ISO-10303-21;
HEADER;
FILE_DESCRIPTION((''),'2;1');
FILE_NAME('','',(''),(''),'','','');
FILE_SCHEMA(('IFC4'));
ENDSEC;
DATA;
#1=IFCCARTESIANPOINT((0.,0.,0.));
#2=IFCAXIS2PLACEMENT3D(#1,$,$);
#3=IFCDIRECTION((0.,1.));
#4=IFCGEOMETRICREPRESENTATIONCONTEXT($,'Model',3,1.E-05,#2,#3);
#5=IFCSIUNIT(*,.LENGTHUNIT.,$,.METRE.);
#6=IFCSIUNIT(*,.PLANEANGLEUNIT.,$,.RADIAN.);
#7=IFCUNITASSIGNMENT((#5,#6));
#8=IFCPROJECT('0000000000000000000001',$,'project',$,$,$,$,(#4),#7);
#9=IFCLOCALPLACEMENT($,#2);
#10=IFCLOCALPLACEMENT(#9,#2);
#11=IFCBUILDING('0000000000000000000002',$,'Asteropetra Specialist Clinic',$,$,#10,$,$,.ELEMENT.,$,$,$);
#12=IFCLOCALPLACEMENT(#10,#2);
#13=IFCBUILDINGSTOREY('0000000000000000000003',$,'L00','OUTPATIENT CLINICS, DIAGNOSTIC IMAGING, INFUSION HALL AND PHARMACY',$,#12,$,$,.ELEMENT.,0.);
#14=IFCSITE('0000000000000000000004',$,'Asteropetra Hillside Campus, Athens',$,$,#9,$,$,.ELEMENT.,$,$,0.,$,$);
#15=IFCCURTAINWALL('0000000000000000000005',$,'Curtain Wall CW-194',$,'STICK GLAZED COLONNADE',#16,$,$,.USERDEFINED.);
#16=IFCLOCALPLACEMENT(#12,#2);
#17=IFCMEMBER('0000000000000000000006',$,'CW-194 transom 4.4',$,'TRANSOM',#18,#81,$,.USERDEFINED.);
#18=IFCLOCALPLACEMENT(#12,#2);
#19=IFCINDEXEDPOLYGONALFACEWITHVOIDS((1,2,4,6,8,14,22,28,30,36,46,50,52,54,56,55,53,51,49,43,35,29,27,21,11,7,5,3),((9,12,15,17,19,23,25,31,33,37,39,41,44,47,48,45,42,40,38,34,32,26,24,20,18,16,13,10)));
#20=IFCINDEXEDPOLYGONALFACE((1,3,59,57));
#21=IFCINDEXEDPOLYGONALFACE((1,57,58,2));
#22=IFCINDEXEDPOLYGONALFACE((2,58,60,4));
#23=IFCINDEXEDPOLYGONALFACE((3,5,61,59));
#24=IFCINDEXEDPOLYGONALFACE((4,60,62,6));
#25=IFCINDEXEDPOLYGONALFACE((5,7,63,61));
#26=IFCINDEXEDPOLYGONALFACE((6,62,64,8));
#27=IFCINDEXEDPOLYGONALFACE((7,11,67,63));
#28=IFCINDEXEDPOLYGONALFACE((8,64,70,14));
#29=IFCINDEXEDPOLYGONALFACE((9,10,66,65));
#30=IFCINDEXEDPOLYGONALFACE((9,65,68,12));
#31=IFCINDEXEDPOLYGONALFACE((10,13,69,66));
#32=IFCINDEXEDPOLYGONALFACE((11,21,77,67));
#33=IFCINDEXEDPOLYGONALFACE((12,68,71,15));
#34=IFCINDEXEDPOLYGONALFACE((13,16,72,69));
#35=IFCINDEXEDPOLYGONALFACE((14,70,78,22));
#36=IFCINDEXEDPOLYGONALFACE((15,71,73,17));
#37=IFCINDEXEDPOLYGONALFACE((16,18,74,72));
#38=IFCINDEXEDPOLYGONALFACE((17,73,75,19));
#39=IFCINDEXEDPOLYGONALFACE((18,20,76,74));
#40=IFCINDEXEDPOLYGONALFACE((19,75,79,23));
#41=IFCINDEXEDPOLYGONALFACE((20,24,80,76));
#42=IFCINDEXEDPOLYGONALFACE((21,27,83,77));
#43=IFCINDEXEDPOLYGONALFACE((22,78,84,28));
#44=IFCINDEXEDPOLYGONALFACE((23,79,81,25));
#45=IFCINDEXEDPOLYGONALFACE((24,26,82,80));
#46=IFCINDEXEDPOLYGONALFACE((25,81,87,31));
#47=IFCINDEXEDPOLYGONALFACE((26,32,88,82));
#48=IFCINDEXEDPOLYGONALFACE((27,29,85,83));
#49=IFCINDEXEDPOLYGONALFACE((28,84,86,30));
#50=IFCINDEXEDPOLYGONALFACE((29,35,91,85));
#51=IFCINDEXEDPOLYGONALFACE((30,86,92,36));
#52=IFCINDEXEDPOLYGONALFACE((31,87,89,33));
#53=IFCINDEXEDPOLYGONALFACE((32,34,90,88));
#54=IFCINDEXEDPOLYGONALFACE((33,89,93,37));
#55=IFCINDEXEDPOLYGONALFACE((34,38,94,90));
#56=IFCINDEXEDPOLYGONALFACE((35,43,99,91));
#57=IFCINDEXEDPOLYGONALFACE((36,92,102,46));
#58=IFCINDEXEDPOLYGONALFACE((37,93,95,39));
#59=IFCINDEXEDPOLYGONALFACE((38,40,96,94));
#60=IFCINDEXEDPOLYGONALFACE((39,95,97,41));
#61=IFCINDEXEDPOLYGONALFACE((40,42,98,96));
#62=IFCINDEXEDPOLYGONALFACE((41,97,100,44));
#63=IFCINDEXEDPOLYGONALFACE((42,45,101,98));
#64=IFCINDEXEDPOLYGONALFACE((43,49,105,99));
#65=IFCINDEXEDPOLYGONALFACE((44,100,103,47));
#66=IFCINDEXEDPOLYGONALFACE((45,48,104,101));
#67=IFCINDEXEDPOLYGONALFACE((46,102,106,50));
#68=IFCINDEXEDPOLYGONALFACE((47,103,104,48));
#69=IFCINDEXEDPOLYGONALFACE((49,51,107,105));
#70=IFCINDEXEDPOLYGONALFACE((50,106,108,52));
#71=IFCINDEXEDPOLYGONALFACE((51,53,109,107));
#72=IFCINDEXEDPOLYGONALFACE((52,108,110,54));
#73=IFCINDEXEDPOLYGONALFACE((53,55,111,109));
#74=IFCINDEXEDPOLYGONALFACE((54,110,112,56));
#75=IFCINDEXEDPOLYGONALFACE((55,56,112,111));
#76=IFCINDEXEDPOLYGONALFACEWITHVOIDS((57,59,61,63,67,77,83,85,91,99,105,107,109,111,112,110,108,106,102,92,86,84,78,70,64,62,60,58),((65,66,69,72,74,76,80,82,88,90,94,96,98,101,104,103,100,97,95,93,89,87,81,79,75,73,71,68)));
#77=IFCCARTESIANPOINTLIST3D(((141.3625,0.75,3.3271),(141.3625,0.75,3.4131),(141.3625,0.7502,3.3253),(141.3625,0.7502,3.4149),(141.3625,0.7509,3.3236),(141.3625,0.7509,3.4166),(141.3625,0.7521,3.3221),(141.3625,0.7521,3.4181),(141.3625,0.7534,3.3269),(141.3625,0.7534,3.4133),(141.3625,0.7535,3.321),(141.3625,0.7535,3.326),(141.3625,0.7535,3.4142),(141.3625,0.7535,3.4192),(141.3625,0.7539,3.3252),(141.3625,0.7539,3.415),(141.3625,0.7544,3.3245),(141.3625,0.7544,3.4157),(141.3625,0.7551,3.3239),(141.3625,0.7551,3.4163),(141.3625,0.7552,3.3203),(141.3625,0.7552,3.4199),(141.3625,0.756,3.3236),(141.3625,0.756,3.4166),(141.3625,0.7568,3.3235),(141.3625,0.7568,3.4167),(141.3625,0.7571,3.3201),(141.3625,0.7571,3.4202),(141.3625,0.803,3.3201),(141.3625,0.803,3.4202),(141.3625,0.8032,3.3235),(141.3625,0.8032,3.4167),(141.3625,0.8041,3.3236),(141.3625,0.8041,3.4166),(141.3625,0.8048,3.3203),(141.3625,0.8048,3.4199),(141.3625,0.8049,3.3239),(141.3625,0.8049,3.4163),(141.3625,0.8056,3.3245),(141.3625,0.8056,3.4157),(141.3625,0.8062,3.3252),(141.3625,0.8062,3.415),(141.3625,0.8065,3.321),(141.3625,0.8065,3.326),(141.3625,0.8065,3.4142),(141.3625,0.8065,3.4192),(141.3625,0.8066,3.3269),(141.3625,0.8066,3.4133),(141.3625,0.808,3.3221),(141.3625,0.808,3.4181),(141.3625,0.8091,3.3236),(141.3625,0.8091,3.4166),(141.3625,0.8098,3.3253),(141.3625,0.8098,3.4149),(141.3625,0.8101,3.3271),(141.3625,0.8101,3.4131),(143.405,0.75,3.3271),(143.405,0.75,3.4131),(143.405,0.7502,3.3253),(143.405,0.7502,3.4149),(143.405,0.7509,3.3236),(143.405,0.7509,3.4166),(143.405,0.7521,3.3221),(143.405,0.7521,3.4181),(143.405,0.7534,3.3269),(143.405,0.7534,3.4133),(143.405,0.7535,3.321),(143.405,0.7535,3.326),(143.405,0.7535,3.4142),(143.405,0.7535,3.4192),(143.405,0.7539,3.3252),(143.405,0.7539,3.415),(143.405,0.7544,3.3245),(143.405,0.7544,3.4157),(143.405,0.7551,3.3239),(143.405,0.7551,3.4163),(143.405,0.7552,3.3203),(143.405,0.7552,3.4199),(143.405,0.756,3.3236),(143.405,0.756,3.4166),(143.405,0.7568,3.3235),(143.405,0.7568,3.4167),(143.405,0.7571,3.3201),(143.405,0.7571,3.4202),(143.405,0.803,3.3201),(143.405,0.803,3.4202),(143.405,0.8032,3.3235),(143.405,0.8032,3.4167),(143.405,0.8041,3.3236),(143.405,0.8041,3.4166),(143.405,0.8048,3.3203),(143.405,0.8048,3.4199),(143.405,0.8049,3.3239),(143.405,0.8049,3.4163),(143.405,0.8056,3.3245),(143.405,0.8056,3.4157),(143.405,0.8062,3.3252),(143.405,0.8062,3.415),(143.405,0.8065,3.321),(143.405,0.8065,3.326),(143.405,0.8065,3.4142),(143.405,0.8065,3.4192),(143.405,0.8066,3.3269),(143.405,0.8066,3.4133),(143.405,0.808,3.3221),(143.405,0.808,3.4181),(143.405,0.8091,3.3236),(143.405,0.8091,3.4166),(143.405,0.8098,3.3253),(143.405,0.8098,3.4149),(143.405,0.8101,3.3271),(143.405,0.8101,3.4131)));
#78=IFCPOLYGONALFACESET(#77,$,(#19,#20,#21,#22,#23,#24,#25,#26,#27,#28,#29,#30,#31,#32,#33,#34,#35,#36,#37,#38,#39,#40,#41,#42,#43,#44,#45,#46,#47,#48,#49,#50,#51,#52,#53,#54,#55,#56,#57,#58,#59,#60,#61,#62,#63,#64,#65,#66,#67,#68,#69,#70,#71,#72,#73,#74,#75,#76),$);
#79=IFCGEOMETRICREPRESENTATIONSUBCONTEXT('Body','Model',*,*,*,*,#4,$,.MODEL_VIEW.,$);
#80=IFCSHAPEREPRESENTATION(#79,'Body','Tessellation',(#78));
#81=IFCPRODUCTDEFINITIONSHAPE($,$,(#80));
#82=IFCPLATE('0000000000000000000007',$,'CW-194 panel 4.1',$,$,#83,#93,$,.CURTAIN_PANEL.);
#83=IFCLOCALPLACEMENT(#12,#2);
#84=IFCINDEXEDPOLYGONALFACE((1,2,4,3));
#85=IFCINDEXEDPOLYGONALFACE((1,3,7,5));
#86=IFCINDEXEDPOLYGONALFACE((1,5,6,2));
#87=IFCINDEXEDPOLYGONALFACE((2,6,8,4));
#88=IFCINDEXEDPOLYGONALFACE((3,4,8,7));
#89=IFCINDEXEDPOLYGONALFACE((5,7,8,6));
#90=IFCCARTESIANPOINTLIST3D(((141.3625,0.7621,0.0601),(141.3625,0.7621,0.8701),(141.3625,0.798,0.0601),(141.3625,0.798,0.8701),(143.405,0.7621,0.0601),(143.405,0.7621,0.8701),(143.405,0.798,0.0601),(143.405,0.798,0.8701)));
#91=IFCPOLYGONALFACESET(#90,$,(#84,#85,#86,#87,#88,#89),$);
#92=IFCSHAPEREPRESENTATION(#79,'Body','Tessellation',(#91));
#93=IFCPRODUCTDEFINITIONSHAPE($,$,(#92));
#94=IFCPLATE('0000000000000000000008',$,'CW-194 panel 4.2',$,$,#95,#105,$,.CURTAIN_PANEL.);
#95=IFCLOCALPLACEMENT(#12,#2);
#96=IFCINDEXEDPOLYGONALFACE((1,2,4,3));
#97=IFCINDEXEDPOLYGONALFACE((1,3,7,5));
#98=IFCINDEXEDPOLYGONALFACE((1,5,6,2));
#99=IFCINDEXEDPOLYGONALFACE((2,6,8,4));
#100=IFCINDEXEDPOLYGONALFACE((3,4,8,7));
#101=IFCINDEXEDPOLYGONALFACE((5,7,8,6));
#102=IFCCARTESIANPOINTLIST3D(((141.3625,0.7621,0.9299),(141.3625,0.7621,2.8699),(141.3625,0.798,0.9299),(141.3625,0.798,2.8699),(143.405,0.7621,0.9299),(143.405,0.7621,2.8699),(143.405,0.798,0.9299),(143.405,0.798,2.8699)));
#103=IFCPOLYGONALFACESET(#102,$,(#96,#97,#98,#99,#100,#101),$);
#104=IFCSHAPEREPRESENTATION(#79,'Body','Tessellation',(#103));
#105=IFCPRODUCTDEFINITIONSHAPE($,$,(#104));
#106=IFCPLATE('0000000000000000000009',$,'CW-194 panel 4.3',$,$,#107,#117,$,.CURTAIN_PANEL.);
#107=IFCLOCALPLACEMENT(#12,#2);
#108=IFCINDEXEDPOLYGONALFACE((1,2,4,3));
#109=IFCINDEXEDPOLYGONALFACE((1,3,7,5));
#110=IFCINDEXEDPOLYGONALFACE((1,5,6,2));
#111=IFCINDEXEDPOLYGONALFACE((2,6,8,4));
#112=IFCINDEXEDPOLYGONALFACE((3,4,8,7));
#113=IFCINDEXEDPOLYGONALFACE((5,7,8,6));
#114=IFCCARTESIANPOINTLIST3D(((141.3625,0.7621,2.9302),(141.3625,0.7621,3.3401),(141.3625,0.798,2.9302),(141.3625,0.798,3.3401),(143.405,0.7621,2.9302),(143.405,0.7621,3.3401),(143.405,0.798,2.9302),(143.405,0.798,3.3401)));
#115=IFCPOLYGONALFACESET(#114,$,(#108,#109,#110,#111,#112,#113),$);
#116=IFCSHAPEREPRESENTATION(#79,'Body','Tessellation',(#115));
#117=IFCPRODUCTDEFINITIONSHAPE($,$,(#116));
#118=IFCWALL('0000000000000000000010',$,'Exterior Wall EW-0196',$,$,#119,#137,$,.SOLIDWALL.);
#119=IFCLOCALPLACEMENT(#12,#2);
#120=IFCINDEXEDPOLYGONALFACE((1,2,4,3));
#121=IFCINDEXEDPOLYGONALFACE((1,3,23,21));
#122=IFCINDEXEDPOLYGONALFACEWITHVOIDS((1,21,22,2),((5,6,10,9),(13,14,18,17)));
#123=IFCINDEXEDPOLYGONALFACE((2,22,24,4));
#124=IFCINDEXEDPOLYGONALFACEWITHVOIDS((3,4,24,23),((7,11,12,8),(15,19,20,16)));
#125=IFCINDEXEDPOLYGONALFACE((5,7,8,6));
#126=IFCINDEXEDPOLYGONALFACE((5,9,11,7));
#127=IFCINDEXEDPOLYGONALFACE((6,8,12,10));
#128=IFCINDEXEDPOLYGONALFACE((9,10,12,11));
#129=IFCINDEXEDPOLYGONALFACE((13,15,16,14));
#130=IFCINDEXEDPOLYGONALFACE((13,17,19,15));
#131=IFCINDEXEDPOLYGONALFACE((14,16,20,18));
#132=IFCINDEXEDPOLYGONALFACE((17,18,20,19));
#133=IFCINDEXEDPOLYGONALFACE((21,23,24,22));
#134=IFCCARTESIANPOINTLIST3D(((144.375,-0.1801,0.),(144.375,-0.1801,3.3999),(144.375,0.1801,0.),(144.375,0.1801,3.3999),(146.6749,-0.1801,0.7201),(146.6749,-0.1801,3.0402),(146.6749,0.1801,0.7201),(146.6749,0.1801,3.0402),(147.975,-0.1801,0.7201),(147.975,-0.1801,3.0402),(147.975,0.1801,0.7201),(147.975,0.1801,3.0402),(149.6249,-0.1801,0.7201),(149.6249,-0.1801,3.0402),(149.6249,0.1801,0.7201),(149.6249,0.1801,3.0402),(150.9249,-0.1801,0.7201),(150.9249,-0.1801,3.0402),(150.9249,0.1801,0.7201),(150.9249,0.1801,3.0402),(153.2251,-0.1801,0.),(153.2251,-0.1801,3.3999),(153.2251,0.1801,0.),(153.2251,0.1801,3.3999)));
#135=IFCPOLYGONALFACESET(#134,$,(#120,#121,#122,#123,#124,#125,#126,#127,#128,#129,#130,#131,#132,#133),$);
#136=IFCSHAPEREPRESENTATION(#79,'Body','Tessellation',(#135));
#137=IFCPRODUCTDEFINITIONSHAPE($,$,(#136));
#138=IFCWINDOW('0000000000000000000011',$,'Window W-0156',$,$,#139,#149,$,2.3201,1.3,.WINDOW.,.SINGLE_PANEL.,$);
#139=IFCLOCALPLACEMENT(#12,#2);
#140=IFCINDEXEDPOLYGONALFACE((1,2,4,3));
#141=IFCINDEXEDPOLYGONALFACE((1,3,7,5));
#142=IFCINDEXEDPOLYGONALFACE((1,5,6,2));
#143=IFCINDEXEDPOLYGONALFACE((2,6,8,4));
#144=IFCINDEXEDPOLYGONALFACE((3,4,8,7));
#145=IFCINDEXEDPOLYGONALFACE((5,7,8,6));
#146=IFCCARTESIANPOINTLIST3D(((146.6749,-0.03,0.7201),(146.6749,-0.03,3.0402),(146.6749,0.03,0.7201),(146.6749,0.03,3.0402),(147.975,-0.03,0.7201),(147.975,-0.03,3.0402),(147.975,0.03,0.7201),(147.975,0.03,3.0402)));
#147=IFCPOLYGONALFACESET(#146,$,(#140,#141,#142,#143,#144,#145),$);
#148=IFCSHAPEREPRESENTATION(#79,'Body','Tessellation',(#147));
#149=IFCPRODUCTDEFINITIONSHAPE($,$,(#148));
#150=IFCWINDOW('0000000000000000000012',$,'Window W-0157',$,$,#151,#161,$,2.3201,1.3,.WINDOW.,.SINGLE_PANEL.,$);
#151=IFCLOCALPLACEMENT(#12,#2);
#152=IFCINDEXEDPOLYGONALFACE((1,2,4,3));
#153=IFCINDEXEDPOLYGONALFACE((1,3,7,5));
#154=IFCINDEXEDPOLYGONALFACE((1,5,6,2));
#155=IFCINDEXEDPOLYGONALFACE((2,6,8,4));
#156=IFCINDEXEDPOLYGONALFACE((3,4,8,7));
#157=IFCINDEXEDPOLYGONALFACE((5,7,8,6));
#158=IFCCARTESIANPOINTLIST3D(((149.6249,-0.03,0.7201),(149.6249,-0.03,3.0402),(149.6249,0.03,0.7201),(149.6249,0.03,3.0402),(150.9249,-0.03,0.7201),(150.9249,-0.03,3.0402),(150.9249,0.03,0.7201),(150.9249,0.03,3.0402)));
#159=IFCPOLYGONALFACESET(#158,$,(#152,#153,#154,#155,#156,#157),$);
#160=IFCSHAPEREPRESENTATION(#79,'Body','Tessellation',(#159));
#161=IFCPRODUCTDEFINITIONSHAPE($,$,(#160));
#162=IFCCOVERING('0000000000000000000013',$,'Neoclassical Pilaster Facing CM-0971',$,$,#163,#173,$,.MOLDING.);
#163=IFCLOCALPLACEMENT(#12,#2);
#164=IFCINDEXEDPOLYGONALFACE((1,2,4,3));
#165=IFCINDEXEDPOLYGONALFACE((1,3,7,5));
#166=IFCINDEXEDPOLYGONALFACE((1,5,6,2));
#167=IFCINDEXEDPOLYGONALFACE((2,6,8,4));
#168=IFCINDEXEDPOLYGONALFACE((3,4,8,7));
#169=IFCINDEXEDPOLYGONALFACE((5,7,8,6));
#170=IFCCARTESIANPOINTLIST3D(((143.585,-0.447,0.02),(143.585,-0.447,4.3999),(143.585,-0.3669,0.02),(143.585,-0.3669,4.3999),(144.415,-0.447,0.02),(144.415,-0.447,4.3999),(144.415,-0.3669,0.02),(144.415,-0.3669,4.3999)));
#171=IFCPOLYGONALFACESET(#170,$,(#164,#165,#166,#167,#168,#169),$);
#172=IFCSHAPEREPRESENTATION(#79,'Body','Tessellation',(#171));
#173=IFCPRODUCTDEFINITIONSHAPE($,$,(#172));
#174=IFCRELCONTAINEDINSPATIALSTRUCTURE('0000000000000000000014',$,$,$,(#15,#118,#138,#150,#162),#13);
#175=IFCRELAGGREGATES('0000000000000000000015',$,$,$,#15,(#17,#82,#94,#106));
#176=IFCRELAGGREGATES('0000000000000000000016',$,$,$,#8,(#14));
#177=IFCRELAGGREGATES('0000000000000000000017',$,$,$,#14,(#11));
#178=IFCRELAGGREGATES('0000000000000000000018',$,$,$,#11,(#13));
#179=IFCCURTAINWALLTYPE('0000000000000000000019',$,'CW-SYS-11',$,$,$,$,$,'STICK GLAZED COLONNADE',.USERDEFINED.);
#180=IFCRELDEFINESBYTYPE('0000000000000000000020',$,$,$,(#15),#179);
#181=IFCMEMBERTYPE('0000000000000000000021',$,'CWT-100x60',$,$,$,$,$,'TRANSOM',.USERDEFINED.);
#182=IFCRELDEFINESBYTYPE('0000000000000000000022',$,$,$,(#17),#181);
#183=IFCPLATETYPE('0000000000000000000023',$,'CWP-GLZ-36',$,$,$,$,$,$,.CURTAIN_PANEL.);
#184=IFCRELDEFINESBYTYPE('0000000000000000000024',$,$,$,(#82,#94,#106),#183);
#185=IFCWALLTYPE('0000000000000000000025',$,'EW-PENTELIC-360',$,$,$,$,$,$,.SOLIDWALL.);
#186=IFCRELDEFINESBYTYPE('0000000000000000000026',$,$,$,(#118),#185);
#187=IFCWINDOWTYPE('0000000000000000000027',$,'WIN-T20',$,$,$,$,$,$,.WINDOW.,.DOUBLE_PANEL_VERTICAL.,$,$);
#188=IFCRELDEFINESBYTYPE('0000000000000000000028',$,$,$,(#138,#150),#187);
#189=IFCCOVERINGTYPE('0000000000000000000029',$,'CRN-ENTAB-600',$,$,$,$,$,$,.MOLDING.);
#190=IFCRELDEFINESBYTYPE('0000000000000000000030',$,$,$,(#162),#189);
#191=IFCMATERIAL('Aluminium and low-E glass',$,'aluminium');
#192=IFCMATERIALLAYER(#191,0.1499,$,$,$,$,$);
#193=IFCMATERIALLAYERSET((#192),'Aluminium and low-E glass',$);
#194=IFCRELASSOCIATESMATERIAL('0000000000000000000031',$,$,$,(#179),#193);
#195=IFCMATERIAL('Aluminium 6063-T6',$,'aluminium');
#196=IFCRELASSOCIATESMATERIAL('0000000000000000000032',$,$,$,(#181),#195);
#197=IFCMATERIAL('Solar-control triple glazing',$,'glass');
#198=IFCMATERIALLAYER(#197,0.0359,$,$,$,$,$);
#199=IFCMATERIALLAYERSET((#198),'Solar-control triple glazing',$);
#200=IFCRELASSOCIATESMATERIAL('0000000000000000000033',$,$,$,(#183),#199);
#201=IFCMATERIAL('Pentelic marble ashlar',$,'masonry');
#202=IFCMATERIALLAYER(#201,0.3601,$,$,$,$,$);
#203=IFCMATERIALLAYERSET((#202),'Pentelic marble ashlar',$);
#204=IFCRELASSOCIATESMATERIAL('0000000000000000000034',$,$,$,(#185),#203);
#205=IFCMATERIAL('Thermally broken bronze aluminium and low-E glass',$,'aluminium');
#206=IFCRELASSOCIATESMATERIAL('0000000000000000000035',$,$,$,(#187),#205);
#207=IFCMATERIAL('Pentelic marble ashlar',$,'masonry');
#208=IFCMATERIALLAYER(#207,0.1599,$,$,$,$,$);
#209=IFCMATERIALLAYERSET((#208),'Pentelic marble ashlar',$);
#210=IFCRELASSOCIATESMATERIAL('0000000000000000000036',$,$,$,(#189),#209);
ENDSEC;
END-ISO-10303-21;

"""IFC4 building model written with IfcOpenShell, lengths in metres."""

from ifc_helpers import new_model, si_unit, direction, frame, frame_2d, origin, origin_2d, place, context, subcontext, project, spatial, rectangle, hollow_rectangle, extrude, material, layer, layer_set, material_profile, profile_set, type_object, element, fill, aggregate, save


model = new_model("IFC4")

# Units and contexts
model_context = context("Model", 3, precision=1e-05, world=origin(), true_north=direction((0.0, 1.0)))
body_context = subcontext(model_context, "Body", "Model", "MODEL_VIEW")
ifc_project = project(units=[si_unit("LENGTHUNIT", "METRE"), si_unit("PLANEANGLEUNIT", "RADIAN")], contexts=[model_context])

# Site, building, storey
site_placement = place(None, origin())
site = spatial("IfcSite", under=ifc_project, at=site_placement, Name="Asteropetra Hillside Campus, Athens", CompositionType="ELEMENT", RefElevation=0.0)
building_placement = place(site_placement, origin())
building = spatial("IfcBuilding", under=site, at=building_placement, Name="Asteropetra Specialist Clinic", CompositionType="ELEMENT")
storey_placement = place(building_placement, origin())
storey = spatial("IfcBuildingStorey", under=building, at=storey_placement, Name="L00", Description="OUTPATIENT CLINICS, DIAGNOSTIC IMAGING, INFUSION HALL AND PHARMACY", CompositionType="ELEMENT", Elevation=0.0)

# Curtain wall, member, plates
ifc_material_1 = material(Name="Aluminium and low-E glass", Category="aluminium")
ifc_layer_1 = layer(ifc_material_1, 0.1499)
ifc_layer_set_1 = layer_set([ifc_layer_1], Name="Aluminium and low-E glass")
curtain_wall_type = type_object("IfcCurtainWallType", Name="CW-SYS-11", ElementType="STICK GLAZED COLONNADE", PredefinedType="USERDEFINED", material=ifc_layer_set_1)
curtain_wall_placement = place(storey_placement, origin())
curtain_wall = element("IfcCurtainWall", 1, at=curtain_wall_placement, inside=storey, type_object=curtain_wall_type, Name="Curtain Wall CW-194", ObjectType="STICK GLAZED COLONNADE", PredefinedType="USERDEFINED")
ifc_material_2 = material(Name="Aluminium 6063-T6", Category="aluminium")
ifc_material_profile_1 = material_profile(ifc_material_2, hollow_rectangle(XDim=0.0601, YDim=0.1001, WallThickness=0.0034, InnerFilletRadius=0.0034, OuterFilletRadius=0.0071, at=origin_2d()), Name="TRN 100x60x3.5")
ifc_profile_set_1 = profile_set([ifc_material_profile_1], Name="Aluminium 6063-T6")
member_type_1 = type_object("IfcMemberType", Name="CWT-100x60", ElementType="TRANSOM", PredefinedType="USERDEFINED", material=ifc_profile_set_1)
member_1_placement = place(storey_placement, frame((141.3625, 0.78, 3.3701), z_axis=(1.0, 0.0, 0.0), x_axis=(0.0, 1.0, 0.0)))
member_1 = element("IfcMember", 2, at=member_1_placement, type_object=member_type_1, Name="CW-194 transom 4.4", ObjectType="TRANSOM", PredefinedType="USERDEFINED", context=body_context, shape_type="SweptSolid", body=[
    extrude(hollow_rectangle(XDim=0.0601, YDim=0.1001, WallThickness=0.0034, InnerFilletRadius=0.0034, OuterFilletRadius=0.0071, at=origin_2d()), origin(), (0.0, 0.0, 1.0), 2.0425),
])
ifc_material_3 = material(Name="Solar-control triple glazing", Category="glass")
ifc_layer_2 = layer(ifc_material_3, 0.0359)
ifc_layer_set_2 = layer_set([ifc_layer_2], Name="Solar-control triple glazing")
plate_type = type_object("IfcPlateType", Name="CWP-GLZ-36", PredefinedType="CURTAIN_PANEL", material=ifc_layer_set_2)
plate_1_placement = place(storey_placement, frame((142.3838, 0.78, 0.0601), z_axis=(0.0, 0.0, 1.0), x_axis=(1.0, 0.0, 0.0)))
plate_1 = element("IfcPlate", 3, at=plate_1_placement, type_object=plate_type, Name="CW-194 panel 4.1", PredefinedType="CURTAIN_PANEL", context=body_context, shape_type="SweptSolid", body=[
    extrude(rectangle(XDim=2.0425, YDim=0.0359, at=origin_2d()), origin(), (0.0, 0.0, 1.0), 0.8101),
])
plate_2_placement = place(storey_placement, frame((142.3838, 0.78, 0.9299), z_axis=(0.0, 0.0, 1.0), x_axis=(1.0, 0.0, 0.0)))
plate_2 = element("IfcPlate", 4, at=plate_2_placement, type_object=plate_type, Name="CW-194 panel 4.2", PredefinedType="CURTAIN_PANEL", context=body_context, shape_type="SweptSolid", body=[
    extrude(rectangle(XDim=2.0425, YDim=0.0359, at=origin_2d()), origin(), (0.0, 0.0, 1.0), 1.9399),
])
plate_3_placement = place(storey_placement, frame((142.3838, 0.78, 2.9302), z_axis=(0.0, 0.0, 1.0), x_axis=(1.0, 0.0, 0.0)))
plate_3 = element("IfcPlate", 5, at=plate_3_placement, type_object=plate_type, Name="CW-194 panel 4.3", PredefinedType="CURTAIN_PANEL", context=body_context, shape_type="SweptSolid", body=[
    extrude(rectangle(XDim=2.0425, YDim=0.0359, at=origin_2d()), origin(), (0.0, 0.0, 1.0), 0.4099),
])
aggregate(curtain_wall, [member_1, plate_1, plate_2, plate_3])

# Wall, openings, windows
ifc_material_4 = material(Name="Pentelic marble ashlar", Category="masonry")
ifc_layer_3 = layer(ifc_material_4, 0.3601)
ifc_layer_set_3 = layer_set([ifc_layer_3], Name="Pentelic marble ashlar")
wall_type = type_object("IfcWallType", Name="EW-PENTELIC-360", PredefinedType="SOLIDWALL", material=ifc_layer_set_3)
wall_placement = place(storey_placement, frame((144.375, 0.0, 0.0), z_axis=(0.0, 0.0, 1.0), x_axis=(1.0, 0.0, 0.0)))
wall = element("IfcWall", 6, at=wall_placement, inside=storey, type_object=wall_type, Name="Exterior Wall EW-0196", PredefinedType="SOLIDWALL", context=body_context, shape_type="SweptSolid", body=[
    extrude(rectangle(XDim=8.8501, YDim=0.3601, at=frame_2d((4.425, 0.0))), origin(), (0.0, 0.0, 1.0), 3.3999),
])
opening_1_placement = place(wall_placement, frame((2.3, 0.0, 0.72)))
opening_1 = element("IfcOpeningElement", 7, at=opening_1_placement, cuts=wall, PredefinedType="OPENING", context=body_context, shape_type="SweptSolid", body=[
    extrude(rectangle(XDim=1.3, YDim=2.3201, at=frame_2d((0.6499, 1.1602))), frame((0.0, 0.1899, 0.0), z_axis=(0.0, -1.0, 0.0), x_axis=(1.0, 0.0, 0.0)), (0.0, 0.0, 1.0), 0.3801),
])
opening_2_placement = place(wall_placement, frame((5.25, 0.0, 0.72)))
opening_2 = element("IfcOpeningElement", 8, at=opening_2_placement, cuts=wall, PredefinedType="OPENING", context=body_context, shape_type="SweptSolid", body=[
    extrude(rectangle(XDim=1.3, YDim=2.3201, at=frame_2d((0.6499, 1.1602))), frame((0.0, 0.1899, 0.0), z_axis=(0.0, -1.0, 0.0), x_axis=(1.0, 0.0, 0.0)), (0.0, 0.0, 1.0), 0.3801),
])
ifc_material_5 = material(Name="Thermally broken bronze aluminium and low-E glass", Category="aluminium")
window_type = type_object("IfcWindowType", Name="WIN-T20", PartitioningType="DOUBLE_PANEL_VERTICAL", PredefinedType="WINDOW", material=ifc_material_5)
window_1_placement = place(opening_1_placement, origin())
window_1 = element("IfcWindow", 9, at=window_1_placement, inside=storey, type_object=window_type, Name="Window W-0156", OverallHeight=2.3201, OverallWidth=1.3, PartitioningType="SINGLE_PANEL", PredefinedType="WINDOW", context=body_context, shape_type="SweptSolid", body=[
    extrude(rectangle(XDim=1.3, YDim=2.3201, at=frame_2d((0.6499, 1.1602))), frame((0.0, 0.03, 0.0), z_axis=(0.0, -1.0, 0.0), x_axis=(1.0, 0.0, 0.0)), (0.0, 0.0, 1.0), 0.0601),
])
fill(opening_1, window_1)
window_2_placement = place(opening_2_placement, origin())
window_2 = element("IfcWindow", 10, at=window_2_placement, inside=storey, type_object=window_type, Name="Window W-0157", OverallHeight=2.3201, OverallWidth=1.3, PartitioningType="SINGLE_PANEL", PredefinedType="WINDOW", context=body_context, shape_type="SweptSolid", body=[
    extrude(rectangle(XDim=1.3, YDim=2.3201, at=frame_2d((0.6499, 1.1602))), frame((0.0, 0.03, 0.0), z_axis=(0.0, -1.0, 0.0), x_axis=(1.0, 0.0, 0.0)), (0.0, 0.0, 1.0), 0.0601),
])
fill(opening_2, window_2)

# Covering
ifc_material_6 = material(Name="Pentelic marble ashlar", Category="masonry")
ifc_layer_4 = layer(ifc_material_6, 0.1599)
ifc_layer_set_4 = layer_set([ifc_layer_4], Name="Pentelic marble ashlar")
covering_type = type_object("IfcCoveringType", Name="CRN-ENTAB-600", PredefinedType="MOLDING", material=ifc_layer_set_4)
covering_1_placement = place(storey_placement, frame((144.0, -0.407, 0.02), z_axis=(0.0, 0.0, 1.0), x_axis=(1.0, 0.0, 0.0)))
element("IfcCovering", 11, at=covering_1_placement, inside=storey, type_object=covering_type, Name="Neoclassical Pilaster Facing CM-0971", PredefinedType="MOLDING", context=body_context, shape_type="SweptSolid", body=[
    extrude(rectangle(XDim=0.8301, YDim=0.0801, at=origin_2d()), origin(), (0.0, 0.0, 1.0), 4.3799),
])

save(model, "model.ifc")
